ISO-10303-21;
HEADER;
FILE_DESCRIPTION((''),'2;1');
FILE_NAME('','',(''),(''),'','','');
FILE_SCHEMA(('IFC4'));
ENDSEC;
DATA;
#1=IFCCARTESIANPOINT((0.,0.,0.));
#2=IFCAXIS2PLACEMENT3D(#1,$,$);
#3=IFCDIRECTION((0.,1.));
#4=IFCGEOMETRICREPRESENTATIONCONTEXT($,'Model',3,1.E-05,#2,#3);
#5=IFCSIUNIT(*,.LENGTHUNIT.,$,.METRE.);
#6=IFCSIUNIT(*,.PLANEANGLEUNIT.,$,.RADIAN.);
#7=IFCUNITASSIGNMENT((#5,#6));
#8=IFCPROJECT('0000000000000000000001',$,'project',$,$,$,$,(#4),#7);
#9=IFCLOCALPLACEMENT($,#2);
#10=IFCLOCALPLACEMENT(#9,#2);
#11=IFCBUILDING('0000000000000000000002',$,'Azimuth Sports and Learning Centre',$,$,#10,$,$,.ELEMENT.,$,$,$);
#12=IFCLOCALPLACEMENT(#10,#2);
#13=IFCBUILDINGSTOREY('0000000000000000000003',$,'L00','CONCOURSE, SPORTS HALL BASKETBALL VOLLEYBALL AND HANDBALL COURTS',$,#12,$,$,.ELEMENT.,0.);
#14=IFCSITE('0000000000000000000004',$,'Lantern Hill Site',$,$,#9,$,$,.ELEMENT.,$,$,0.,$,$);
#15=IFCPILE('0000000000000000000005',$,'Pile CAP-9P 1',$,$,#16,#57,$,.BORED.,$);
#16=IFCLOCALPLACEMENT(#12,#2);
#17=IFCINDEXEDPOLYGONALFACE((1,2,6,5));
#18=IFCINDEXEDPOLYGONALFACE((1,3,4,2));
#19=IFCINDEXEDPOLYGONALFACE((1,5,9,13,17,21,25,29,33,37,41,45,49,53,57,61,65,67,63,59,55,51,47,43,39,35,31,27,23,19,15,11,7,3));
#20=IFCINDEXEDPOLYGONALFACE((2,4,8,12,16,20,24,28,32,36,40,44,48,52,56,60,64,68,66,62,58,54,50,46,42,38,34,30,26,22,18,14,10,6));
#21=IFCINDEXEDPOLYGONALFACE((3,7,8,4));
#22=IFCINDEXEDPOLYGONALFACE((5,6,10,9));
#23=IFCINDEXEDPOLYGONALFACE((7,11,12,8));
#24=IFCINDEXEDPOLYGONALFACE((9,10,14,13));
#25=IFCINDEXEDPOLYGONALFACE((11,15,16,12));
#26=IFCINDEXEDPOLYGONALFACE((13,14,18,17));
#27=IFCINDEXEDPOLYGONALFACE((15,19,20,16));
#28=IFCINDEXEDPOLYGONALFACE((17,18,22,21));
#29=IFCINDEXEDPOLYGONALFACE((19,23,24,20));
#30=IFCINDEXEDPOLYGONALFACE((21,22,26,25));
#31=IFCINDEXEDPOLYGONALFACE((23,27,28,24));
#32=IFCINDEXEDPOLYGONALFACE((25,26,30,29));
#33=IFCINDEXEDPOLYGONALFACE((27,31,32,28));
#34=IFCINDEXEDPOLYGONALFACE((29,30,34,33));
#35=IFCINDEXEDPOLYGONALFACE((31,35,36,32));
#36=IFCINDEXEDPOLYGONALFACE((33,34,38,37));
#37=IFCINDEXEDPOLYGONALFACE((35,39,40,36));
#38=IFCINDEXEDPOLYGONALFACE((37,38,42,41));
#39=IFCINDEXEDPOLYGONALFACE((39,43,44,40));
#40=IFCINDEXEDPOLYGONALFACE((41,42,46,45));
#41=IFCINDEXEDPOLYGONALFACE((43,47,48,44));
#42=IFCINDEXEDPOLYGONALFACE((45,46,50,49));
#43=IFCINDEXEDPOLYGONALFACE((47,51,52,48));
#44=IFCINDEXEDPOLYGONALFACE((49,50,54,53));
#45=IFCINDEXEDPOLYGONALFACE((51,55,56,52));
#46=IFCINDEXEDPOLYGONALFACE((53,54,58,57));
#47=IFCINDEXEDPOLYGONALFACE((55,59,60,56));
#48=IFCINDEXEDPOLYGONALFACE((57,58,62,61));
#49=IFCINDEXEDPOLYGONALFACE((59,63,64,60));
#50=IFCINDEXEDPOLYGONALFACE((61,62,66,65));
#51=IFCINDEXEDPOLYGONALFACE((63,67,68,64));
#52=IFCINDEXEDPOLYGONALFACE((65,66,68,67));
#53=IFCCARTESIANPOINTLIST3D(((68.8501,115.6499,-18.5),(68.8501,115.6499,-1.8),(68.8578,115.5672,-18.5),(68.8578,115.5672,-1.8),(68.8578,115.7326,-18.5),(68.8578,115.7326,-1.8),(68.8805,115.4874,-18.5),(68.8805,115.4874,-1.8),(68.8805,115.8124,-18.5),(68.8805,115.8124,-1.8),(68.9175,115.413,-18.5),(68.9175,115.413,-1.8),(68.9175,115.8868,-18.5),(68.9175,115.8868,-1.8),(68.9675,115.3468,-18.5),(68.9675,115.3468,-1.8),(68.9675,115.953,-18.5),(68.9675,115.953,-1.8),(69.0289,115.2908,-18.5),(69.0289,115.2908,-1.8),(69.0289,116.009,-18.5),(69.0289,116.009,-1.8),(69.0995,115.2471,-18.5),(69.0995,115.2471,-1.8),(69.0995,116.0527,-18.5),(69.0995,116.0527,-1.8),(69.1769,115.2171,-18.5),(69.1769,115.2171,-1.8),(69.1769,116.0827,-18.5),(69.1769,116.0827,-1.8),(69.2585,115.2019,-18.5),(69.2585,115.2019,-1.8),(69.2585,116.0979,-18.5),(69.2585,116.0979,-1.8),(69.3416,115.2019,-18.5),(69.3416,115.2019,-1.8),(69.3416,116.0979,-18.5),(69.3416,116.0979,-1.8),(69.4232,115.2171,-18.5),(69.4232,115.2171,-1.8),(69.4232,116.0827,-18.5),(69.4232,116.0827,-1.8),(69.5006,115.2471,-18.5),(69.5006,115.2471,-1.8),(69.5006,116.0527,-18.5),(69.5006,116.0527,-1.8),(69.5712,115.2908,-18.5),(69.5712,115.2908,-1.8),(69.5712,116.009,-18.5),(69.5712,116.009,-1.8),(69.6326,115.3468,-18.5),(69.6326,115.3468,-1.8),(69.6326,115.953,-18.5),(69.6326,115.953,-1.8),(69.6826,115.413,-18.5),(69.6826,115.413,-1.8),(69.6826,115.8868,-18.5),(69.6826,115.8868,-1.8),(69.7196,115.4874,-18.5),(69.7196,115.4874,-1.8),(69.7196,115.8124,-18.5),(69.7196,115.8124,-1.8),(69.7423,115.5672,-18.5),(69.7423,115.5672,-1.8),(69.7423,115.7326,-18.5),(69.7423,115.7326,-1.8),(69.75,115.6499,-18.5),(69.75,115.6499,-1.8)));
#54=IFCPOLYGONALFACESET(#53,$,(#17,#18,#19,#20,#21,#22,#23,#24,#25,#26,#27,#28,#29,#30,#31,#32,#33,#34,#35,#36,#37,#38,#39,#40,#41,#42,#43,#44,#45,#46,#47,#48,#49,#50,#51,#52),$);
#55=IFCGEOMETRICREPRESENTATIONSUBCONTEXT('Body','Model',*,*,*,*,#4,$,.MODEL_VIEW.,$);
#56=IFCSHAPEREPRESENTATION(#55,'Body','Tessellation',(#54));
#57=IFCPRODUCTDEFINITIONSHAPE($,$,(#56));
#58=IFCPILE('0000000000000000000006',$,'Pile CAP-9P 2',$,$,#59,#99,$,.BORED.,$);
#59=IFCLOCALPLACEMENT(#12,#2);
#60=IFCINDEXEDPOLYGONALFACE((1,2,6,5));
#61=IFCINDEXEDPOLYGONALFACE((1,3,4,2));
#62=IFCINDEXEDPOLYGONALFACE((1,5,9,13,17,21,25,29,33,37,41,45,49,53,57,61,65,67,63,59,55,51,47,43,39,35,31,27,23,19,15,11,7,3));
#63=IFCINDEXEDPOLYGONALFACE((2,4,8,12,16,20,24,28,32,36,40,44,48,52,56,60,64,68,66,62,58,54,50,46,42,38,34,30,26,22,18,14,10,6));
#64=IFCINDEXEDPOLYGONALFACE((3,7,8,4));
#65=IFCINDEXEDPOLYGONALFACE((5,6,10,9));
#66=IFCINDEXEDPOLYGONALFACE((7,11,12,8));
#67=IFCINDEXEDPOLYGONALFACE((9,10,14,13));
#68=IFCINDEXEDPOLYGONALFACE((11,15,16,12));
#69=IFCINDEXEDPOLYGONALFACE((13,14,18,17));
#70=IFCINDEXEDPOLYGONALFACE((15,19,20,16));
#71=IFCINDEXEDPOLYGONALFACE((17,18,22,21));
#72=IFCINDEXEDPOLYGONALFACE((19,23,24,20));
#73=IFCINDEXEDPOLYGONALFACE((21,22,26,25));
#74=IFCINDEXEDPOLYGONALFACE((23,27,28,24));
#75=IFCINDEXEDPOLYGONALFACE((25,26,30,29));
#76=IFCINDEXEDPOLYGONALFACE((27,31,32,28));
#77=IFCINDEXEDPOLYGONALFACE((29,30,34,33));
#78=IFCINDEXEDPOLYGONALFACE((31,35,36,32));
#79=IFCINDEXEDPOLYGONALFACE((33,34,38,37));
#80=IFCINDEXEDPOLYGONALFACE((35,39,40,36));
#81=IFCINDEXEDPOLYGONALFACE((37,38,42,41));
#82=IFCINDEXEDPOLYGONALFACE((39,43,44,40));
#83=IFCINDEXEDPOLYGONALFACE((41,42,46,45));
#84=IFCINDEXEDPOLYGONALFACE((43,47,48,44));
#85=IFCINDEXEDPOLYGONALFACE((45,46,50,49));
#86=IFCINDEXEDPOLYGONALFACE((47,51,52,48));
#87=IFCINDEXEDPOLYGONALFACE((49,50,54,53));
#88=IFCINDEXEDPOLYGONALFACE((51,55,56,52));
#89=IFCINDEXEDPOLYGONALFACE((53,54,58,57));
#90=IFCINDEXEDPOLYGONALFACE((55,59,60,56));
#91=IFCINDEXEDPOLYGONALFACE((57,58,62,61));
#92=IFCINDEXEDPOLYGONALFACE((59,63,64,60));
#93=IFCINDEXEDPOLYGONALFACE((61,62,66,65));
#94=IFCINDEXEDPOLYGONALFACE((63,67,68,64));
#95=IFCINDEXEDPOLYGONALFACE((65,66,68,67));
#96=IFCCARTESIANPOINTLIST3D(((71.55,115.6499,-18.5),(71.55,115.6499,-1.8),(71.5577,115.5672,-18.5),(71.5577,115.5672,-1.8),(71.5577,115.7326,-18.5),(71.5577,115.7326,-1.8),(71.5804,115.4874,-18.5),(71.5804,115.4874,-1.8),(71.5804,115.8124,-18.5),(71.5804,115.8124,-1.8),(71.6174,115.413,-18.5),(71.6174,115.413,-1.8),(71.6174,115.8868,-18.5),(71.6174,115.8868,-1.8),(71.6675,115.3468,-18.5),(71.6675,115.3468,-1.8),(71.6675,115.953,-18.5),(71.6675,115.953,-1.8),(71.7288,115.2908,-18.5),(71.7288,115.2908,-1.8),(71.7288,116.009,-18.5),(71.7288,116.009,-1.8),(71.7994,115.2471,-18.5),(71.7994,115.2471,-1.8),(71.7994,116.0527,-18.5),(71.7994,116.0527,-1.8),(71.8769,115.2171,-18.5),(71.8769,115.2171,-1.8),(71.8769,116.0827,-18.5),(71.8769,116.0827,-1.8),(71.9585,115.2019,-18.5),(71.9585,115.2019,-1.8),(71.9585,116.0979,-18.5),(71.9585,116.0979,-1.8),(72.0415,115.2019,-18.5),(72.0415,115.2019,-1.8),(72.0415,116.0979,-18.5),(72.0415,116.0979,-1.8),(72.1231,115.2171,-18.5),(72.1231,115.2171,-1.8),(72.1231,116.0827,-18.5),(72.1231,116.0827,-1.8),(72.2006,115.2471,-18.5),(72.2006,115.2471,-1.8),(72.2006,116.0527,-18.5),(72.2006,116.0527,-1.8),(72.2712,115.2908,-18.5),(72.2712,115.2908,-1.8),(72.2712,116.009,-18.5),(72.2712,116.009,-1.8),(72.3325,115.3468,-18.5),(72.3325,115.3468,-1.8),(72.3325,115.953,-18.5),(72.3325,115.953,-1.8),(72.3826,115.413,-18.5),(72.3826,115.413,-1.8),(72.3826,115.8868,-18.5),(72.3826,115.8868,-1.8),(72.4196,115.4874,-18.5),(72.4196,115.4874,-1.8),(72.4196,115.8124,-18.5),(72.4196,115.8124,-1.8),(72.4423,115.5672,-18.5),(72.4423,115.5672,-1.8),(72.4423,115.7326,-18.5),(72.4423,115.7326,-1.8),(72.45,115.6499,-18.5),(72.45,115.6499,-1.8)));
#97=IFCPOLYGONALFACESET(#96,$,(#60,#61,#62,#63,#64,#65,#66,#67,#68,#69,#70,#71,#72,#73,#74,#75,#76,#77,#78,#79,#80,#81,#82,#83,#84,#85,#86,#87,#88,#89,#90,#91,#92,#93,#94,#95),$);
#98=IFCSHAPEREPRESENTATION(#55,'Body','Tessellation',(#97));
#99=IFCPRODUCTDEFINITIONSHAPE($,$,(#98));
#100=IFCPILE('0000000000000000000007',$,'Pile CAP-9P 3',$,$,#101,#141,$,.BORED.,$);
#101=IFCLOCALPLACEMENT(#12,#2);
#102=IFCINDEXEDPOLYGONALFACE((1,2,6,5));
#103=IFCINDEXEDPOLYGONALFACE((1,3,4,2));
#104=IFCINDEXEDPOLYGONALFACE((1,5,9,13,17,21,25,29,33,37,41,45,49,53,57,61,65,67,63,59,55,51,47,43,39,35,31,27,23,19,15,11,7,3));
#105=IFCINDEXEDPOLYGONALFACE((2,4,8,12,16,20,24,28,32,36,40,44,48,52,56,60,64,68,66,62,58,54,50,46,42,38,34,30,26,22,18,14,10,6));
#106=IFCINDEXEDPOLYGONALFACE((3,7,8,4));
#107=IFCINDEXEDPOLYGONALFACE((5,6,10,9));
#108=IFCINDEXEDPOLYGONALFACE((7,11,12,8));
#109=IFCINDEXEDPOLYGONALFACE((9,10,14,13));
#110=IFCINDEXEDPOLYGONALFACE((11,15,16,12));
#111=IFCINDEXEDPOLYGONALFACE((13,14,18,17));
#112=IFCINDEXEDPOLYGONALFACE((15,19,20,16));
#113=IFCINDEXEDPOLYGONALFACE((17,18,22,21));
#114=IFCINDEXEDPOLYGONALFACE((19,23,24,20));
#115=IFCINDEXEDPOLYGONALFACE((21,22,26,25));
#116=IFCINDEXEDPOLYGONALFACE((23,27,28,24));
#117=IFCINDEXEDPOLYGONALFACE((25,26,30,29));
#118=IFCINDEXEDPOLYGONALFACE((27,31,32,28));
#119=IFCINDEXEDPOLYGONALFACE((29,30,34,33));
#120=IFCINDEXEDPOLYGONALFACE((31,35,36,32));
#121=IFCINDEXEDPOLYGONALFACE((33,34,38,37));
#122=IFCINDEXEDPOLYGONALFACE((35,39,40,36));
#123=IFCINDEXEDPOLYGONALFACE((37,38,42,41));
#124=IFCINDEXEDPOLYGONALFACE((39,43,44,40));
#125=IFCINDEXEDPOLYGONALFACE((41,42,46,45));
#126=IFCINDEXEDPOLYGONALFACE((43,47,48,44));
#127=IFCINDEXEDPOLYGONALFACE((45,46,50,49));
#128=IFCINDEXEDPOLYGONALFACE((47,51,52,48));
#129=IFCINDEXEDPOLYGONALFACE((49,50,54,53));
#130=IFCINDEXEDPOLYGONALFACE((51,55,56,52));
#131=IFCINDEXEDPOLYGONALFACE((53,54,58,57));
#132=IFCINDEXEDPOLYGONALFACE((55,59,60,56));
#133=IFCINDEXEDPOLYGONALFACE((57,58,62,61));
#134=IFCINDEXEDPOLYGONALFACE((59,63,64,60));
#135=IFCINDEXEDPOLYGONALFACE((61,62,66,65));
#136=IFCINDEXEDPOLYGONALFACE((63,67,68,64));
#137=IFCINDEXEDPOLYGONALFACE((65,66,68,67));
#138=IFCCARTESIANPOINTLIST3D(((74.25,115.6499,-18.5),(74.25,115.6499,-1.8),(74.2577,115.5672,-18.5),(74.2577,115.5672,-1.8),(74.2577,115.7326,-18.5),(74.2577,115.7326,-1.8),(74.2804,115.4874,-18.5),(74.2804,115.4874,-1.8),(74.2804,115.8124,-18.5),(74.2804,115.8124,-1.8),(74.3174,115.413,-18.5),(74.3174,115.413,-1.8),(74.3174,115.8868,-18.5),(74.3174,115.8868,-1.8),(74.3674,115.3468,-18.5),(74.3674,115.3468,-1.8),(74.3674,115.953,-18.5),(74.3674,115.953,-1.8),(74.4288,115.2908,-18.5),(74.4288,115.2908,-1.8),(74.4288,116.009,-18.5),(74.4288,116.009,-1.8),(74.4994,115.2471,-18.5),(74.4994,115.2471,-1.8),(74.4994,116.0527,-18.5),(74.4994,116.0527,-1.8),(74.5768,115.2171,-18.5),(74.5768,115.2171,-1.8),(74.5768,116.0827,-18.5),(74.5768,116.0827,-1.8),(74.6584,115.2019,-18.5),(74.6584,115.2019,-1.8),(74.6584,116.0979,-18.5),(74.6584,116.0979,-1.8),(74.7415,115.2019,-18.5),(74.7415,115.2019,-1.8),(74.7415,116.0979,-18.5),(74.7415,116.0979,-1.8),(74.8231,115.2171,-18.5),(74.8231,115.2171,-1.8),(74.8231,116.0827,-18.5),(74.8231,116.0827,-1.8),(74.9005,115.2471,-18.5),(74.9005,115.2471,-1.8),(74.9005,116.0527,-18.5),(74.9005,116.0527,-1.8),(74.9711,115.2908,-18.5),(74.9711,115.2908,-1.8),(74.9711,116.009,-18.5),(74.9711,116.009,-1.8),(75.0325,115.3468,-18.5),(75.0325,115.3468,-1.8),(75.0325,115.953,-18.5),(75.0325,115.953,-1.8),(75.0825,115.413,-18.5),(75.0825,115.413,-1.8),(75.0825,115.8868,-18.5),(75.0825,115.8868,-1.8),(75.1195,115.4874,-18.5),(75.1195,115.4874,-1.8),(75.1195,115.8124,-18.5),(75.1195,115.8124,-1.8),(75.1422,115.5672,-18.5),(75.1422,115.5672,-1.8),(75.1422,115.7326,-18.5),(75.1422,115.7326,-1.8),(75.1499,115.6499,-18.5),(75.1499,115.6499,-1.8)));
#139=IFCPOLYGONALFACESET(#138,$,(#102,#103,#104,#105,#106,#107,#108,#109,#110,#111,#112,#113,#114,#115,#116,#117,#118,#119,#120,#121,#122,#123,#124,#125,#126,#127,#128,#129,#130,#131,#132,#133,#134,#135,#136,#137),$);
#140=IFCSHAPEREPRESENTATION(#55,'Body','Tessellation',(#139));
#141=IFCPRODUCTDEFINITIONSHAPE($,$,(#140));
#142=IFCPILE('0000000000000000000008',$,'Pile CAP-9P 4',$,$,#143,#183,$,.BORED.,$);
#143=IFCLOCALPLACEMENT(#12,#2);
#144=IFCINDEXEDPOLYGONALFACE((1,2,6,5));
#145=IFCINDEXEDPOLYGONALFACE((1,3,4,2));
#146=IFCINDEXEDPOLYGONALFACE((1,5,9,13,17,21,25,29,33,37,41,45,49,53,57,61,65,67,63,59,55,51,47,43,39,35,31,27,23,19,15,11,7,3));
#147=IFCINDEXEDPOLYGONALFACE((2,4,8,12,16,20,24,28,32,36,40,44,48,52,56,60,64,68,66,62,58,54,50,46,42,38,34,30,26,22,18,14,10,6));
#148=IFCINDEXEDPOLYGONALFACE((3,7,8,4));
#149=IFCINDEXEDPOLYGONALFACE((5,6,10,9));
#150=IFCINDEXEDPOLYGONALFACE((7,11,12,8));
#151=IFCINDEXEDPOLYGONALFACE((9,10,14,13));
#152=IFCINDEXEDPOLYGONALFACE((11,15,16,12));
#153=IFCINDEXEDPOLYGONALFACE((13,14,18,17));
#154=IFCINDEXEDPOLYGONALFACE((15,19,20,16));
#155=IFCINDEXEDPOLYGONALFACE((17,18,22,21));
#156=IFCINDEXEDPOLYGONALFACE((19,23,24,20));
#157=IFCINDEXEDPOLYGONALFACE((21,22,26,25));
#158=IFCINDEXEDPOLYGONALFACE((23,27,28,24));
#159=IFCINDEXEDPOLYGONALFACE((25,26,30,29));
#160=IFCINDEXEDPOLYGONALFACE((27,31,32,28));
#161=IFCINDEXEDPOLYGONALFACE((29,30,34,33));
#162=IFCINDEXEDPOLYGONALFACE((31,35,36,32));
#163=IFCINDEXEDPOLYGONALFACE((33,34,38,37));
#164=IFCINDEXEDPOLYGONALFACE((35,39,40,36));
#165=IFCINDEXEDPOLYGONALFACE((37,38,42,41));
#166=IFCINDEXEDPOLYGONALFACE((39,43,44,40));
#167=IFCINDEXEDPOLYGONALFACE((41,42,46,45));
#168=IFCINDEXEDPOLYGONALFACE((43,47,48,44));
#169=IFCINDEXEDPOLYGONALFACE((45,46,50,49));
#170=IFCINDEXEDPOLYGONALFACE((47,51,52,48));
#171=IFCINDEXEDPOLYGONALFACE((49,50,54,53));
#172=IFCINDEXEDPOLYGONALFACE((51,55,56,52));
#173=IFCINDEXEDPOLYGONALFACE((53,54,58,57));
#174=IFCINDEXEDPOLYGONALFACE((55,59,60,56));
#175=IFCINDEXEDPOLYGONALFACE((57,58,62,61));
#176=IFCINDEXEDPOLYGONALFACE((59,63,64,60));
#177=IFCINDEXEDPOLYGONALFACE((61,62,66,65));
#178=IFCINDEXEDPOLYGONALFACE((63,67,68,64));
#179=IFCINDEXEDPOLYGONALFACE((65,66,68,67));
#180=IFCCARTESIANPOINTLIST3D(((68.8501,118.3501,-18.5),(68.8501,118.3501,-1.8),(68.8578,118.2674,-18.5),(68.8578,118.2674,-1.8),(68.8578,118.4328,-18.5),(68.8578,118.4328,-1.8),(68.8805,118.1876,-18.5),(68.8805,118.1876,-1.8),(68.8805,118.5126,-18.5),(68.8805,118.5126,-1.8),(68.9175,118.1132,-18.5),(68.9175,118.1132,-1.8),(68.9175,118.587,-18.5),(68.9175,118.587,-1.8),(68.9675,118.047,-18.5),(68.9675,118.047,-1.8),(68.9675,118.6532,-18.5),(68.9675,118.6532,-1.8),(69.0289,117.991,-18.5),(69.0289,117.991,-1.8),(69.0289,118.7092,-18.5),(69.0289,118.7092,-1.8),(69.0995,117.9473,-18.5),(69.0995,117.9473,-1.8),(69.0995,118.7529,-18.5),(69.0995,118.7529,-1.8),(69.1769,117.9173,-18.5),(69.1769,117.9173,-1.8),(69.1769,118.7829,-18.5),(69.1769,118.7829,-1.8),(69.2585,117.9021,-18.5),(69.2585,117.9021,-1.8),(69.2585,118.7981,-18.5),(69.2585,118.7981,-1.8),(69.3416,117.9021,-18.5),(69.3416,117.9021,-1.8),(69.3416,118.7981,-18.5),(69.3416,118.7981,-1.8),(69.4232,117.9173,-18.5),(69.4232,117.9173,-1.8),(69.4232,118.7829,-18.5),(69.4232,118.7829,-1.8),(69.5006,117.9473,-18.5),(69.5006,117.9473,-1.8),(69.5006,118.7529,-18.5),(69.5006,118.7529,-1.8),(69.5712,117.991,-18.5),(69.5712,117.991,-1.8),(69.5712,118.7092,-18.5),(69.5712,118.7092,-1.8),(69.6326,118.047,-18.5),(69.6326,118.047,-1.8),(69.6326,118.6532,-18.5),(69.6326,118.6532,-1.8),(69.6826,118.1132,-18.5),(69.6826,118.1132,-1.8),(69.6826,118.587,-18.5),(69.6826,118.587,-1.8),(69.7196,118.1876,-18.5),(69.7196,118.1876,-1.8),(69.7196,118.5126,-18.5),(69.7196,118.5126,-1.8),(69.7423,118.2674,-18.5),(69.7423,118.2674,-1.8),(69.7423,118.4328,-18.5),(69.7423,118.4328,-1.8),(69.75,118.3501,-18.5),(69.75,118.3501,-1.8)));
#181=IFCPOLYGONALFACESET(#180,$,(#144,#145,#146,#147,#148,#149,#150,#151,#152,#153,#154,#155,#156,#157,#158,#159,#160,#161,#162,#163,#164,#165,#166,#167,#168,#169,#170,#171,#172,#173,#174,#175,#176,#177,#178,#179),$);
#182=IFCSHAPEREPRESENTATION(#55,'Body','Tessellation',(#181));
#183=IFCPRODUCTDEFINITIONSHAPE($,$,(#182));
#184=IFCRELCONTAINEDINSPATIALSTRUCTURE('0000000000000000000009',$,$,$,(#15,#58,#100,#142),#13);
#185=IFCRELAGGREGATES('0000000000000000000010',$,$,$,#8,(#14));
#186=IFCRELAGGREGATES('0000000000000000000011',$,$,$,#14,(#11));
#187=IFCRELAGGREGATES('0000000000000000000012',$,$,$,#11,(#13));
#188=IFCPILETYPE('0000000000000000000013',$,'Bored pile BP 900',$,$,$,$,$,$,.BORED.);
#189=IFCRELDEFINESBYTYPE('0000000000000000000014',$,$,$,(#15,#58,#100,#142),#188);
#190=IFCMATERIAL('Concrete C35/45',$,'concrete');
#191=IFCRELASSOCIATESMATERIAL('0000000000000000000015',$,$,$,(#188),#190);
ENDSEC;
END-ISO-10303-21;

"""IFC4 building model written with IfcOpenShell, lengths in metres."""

from ifc_helpers import new_model, si_unit, direction, frame, origin, origin_2d, place, context, subcontext, project, spatial, circle, extrude, material, material_profile, profile_set, type_object, element, save


model = new_model("IFC4")

# Units and contexts
model_context = context("Model", 3, precision=1e-05, world=origin(), true_north=direction((0.0, 1.0)))
body_context = subcontext(model_context, "Body", "Model", "MODEL_VIEW")
ifc_project = project(units=[si_unit("LENGTHUNIT", "METRE"), si_unit("PLANEANGLEUNIT", "RADIAN")], contexts=[model_context])

# Site, building, storey
site_placement = place(None, origin())
site = spatial("IfcSite", under=ifc_project, at=site_placement, Name="Lantern Hill Site", CompositionType="ELEMENT", RefElevation=0.0)
building_placement = place(site_placement, origin())
building = spatial("IfcBuilding", under=site, at=building_placement, Name="Azimuth Sports and Learning Centre", CompositionType="ELEMENT")
storey_placement = place(building_placement, origin())
storey = spatial("IfcBuildingStorey", under=building, at=storey_placement, Name="L00", Description="CONCOURSE, SPORTS HALL BASKETBALL VOLLEYBALL AND HANDBALL COURTS", CompositionType="ELEMENT", Elevation=0.0)

# Piles
ifc_material_1 = material(Name="Concrete C35/45", Category="concrete")
ifc_material_profile_1 = material_profile(ifc_material_1, circle(Radius=0.45, at=origin_2d()), Name="BP 900")
ifc_profile_set_1 = profile_set([ifc_material_profile_1], Name="Concrete C35/45")
pile_type = type_object("IfcPileType", Name="Bored pile BP 900", PredefinedType="BORED", material=ifc_profile_set_1)
for number, where, z_axis, x_axis, name in (
    (1, (69.3, 115.6499, -1.8), (0.0, 0.0, -1.0), (1.0, 0.0, 0.0), "Pile CAP-9P 1"),
    (2, (72.0, 115.6499, -1.8), (0.0, 0.0, -1.0), (1.0, 0.0, 0.0), "Pile CAP-9P 2"),
    (3, (74.7, 115.6499, -1.8), (0.0, 0.0, -1.0), (1.0, 0.0, 0.0), "Pile CAP-9P 3"),
    (4, (69.3, 118.3501, -1.8), (0.0, 0.0, -1.0), (1.0, 0.0, 0.0), "Pile CAP-9P 4"),
):
    element("IfcPile", number, at=place(storey_placement, frame(where, z_axis=z_axis, x_axis=x_axis)), inside=storey, type_object=pile_type, Name=name, PredefinedType="BORED", context=body_context, shape_type="SweptSolid", body=[
        extrude(circle(Radius=0.45, at=origin_2d()), origin(), (0.0, 0.0, 1.0), 16.7),
    ])

save(model, "model.ifc")
